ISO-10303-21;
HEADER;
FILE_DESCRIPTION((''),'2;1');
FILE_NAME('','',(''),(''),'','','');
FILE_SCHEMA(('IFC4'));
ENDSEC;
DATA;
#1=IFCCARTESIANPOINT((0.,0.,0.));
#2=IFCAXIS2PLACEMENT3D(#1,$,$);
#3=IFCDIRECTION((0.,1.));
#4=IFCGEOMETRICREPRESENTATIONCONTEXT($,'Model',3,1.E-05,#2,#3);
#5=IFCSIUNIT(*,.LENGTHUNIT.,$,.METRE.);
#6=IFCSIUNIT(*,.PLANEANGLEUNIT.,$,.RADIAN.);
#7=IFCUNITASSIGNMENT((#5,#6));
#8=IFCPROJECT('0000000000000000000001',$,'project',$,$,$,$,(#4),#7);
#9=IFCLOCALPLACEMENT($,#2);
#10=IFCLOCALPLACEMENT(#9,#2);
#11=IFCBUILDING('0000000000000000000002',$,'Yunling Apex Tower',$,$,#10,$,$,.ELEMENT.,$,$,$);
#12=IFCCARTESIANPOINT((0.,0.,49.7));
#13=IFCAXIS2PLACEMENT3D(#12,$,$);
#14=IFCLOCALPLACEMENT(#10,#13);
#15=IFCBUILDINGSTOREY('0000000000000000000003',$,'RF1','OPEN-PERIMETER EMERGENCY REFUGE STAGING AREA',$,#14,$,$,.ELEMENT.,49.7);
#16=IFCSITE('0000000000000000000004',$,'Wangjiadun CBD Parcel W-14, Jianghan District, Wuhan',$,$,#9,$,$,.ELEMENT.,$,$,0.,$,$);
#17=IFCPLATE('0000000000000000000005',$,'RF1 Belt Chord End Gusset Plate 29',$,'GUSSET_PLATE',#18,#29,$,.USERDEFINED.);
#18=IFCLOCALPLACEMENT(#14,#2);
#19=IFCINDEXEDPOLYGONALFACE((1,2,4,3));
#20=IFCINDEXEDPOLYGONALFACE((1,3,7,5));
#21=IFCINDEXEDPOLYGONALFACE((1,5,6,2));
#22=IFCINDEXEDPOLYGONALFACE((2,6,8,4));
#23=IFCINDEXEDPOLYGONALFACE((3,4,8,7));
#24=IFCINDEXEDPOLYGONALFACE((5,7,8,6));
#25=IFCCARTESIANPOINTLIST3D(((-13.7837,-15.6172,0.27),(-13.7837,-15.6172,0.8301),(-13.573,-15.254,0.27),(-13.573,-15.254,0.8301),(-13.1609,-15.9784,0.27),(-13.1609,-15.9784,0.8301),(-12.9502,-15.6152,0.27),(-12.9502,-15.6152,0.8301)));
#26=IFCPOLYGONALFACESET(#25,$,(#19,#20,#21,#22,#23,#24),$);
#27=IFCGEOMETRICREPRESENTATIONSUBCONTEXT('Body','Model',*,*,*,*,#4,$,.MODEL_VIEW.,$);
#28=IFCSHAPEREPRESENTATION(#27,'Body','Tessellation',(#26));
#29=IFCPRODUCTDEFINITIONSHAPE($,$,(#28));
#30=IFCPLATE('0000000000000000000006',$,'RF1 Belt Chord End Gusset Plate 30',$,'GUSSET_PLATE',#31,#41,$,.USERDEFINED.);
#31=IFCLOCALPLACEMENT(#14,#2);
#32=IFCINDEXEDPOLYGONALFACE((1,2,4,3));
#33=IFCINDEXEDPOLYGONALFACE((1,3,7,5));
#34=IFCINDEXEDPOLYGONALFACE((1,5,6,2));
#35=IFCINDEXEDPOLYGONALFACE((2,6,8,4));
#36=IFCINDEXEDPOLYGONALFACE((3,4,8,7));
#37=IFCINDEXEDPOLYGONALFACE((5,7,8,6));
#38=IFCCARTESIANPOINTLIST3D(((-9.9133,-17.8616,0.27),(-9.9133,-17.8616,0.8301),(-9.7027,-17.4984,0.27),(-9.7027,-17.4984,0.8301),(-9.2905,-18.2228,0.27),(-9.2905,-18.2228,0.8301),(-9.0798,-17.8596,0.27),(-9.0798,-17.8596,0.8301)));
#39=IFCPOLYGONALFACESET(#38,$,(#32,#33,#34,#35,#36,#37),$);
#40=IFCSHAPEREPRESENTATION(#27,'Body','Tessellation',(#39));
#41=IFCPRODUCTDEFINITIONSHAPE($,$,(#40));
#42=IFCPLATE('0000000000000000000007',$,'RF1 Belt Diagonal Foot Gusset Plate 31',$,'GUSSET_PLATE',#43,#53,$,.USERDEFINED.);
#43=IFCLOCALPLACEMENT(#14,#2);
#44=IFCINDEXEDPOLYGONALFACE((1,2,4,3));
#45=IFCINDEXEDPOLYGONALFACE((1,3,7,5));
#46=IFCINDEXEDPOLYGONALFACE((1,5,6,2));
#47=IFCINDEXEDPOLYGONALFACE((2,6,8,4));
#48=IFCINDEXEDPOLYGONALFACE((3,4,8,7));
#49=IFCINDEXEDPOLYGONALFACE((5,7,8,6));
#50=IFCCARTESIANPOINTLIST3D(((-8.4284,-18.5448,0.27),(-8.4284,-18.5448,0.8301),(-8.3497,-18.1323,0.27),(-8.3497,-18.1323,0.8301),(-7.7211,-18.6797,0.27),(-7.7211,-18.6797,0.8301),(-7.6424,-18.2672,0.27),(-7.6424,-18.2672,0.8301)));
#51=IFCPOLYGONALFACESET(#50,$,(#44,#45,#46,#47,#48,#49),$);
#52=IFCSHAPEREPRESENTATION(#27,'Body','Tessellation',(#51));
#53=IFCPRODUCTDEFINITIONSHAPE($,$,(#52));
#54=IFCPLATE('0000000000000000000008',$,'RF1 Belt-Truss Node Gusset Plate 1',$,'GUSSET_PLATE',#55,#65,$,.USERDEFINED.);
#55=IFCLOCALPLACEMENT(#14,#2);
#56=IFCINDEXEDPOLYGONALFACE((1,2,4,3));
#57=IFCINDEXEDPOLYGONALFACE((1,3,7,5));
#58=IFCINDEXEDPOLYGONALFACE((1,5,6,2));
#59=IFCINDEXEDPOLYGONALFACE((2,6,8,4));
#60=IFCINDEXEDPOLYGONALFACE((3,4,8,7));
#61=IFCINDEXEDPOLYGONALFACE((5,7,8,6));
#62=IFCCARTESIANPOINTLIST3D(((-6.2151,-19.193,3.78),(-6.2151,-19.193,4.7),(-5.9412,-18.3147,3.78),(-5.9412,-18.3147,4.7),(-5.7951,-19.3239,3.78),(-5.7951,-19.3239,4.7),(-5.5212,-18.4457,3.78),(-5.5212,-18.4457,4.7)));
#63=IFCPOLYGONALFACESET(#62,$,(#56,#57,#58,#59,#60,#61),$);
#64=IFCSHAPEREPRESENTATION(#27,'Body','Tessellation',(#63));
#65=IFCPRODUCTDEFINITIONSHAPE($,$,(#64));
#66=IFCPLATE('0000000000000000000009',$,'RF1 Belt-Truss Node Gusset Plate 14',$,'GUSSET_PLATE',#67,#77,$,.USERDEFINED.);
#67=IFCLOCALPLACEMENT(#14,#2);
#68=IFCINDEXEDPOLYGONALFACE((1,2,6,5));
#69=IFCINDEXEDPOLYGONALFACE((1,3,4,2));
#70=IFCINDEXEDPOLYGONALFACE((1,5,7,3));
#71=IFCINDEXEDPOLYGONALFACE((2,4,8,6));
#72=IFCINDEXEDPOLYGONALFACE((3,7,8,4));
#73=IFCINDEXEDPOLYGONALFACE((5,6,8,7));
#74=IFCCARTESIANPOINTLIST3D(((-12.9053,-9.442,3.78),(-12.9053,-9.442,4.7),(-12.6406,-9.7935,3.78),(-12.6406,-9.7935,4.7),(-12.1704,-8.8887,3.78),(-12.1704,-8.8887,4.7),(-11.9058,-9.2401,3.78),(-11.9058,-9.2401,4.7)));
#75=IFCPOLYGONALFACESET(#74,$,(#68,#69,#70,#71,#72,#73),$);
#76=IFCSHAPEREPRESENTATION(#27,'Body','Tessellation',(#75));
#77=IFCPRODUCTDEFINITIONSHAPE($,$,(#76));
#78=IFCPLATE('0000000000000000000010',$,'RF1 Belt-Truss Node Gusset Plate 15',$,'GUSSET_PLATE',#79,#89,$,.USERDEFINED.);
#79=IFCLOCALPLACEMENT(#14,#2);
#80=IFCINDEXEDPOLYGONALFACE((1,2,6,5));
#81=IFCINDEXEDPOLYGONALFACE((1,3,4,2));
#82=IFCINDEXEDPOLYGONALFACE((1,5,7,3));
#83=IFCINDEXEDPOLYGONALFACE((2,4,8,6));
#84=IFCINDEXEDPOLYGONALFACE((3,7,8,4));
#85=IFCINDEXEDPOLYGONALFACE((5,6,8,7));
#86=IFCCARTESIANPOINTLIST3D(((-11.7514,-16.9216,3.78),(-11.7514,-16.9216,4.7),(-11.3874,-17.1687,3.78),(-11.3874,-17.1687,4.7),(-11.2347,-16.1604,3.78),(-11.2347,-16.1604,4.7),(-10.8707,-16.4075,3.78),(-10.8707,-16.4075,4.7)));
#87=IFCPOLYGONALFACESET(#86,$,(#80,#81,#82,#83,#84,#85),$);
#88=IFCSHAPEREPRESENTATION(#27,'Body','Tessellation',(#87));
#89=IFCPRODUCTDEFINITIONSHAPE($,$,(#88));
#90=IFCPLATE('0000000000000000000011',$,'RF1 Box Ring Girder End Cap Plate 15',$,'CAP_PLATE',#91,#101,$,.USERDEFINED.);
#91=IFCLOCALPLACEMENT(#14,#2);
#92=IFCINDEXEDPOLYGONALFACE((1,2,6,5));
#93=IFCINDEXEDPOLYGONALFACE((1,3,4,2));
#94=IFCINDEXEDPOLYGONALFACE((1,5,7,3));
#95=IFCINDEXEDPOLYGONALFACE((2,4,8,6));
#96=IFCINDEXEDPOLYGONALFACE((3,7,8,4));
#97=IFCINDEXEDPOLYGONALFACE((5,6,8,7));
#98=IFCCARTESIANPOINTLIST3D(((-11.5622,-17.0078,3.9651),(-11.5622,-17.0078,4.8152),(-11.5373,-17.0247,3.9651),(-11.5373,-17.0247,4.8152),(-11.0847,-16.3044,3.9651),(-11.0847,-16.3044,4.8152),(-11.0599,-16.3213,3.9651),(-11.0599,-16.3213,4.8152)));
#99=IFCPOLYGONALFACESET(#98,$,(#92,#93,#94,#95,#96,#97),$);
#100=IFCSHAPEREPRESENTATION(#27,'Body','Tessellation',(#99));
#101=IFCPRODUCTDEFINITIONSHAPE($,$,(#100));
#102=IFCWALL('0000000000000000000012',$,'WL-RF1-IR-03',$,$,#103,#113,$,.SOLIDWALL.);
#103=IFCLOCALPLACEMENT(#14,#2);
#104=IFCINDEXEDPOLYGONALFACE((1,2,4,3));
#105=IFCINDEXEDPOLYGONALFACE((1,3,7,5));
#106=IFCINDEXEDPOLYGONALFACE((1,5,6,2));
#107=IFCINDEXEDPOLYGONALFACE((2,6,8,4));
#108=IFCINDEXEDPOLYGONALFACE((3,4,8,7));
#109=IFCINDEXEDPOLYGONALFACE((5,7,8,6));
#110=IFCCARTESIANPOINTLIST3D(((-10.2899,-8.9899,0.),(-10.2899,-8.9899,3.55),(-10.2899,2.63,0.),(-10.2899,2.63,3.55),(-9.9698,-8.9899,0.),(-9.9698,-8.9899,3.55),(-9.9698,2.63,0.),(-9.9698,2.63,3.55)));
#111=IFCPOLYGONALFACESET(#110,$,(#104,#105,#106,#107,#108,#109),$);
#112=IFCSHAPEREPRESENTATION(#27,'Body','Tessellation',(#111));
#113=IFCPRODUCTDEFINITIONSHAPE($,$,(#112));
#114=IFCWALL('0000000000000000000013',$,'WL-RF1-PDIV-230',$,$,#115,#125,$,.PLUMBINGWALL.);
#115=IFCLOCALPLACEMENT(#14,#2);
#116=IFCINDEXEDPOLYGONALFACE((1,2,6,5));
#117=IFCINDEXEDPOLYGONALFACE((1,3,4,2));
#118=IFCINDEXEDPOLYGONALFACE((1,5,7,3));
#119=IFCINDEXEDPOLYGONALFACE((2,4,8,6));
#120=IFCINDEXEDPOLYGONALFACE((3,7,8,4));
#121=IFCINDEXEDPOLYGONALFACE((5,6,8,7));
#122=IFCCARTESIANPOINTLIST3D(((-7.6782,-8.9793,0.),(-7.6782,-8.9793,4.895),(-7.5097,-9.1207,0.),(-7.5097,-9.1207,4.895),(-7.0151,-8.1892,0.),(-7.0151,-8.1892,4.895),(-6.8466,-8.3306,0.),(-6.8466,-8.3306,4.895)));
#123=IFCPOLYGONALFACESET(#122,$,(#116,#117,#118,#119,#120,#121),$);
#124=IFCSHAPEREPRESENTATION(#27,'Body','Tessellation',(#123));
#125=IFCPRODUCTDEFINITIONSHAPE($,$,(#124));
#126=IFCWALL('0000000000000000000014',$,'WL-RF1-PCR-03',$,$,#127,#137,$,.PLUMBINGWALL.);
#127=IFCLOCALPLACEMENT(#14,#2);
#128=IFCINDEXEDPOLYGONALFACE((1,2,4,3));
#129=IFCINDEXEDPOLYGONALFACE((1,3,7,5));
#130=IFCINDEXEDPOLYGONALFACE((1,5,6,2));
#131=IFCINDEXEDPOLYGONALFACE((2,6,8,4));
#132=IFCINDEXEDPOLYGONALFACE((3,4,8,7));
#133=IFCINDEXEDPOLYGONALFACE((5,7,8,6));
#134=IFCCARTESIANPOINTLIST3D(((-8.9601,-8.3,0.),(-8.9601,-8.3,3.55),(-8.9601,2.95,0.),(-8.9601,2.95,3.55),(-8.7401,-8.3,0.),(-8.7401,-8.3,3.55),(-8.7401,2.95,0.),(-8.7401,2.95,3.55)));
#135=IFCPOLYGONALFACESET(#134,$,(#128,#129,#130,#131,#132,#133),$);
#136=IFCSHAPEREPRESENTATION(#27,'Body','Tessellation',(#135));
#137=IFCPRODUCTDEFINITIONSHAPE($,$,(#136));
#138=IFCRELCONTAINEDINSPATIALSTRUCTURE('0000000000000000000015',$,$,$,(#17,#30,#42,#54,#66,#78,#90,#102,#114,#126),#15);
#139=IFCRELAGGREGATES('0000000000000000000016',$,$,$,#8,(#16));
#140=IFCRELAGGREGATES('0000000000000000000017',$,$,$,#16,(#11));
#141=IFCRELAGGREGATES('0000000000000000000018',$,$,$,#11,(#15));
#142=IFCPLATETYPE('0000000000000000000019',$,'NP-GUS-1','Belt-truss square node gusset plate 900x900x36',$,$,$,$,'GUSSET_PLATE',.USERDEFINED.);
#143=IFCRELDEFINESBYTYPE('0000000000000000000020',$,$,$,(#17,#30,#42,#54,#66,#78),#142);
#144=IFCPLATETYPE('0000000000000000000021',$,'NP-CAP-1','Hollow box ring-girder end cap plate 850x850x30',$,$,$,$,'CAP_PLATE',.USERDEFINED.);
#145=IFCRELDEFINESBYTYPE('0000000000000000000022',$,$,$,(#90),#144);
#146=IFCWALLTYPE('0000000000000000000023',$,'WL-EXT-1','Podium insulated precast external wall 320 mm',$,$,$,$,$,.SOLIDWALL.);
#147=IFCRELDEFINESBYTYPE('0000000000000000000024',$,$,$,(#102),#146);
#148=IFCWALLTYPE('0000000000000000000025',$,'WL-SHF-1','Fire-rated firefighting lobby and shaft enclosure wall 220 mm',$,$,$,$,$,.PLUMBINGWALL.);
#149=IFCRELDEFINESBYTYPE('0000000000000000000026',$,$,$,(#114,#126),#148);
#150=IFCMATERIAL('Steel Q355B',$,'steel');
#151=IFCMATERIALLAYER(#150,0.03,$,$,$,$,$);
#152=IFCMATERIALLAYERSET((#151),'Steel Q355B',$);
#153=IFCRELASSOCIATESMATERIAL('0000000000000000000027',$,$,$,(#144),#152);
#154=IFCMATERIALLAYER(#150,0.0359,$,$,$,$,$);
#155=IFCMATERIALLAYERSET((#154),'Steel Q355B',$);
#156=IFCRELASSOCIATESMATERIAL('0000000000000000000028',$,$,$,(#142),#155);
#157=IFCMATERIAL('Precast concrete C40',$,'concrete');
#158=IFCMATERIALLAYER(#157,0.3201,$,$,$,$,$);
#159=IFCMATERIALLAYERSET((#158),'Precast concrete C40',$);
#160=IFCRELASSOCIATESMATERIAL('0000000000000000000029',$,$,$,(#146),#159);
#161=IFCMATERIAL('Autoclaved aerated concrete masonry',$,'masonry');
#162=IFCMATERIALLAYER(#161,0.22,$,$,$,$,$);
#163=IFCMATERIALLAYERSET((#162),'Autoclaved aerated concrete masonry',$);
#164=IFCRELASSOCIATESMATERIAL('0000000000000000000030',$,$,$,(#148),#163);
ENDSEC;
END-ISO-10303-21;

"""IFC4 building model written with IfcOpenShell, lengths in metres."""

from ifc_helpers import new_model, si_unit, direction, frame, frame_2d, origin, origin_2d, place, context, subcontext, project, spatial, rectangle, extrude, source, transform, mapped, material, layer, layer_set, type_object, element, save


model = new_model("IFC4")

# Units and contexts
model_context = context("Model", 3, precision=1e-05, world=origin(), true_north=direction((0.0, 1.0)))
body_context = subcontext(model_context, "Body", "Model", "MODEL_VIEW")
ifc_project = project(units=[si_unit("LENGTHUNIT", "METRE"), si_unit("PLANEANGLEUNIT", "RADIAN")], contexts=[model_context])

# Site, building, storey
site_placement = place(None, origin())
site = spatial("IfcSite", under=ifc_project, at=site_placement, Name="Wangjiadun CBD Parcel W-14, Jianghan District, Wuhan", CompositionType="ELEMENT", RefElevation=0.0)
building_placement = place(site_placement, origin())
building = spatial("IfcBuilding", under=site, at=building_placement, Name="Yunling Apex Tower", CompositionType="ELEMENT")
storey_placement = place(building_placement, frame((0.0, 0.0, 49.7)))
storey = spatial("IfcBuildingStorey", under=building, at=storey_placement, Name="RF1", Description="OPEN-PERIMETER EMERGENCY REFUGE STAGING AREA", CompositionType="ELEMENT", Elevation=49.7)

# Shared definitions
ifc_material_1 = material(Name="Steel Q355B", Category="steel")

# Plates
ifc_layer_1 = layer(ifc_material_1, 0.03)
ifc_layer_set_1 = layer_set([ifc_layer_1], Name="Steel Q355B")
plate_type_1 = type_object("IfcPlateType", Name="NP-CAP-1", Description="Hollow box ring-girder end cap plate 850x850x30", ElementType="CAP_PLATE", PredefinedType="USERDEFINED", material=ifc_layer_set_1)
ifc_layer_2 = layer(ifc_material_1, 0.0359)
ifc_layer_set_2 = layer_set([ifc_layer_2], Name="Steel Q355B")
plate_type_2 = type_object("IfcPlateType", Name="NP-GUS-1", Description="Belt-truss square node gusset plate 900x900x36", ElementType="GUSSET_PLATE", PredefinedType="USERDEFINED", material=ifc_layer_set_2)
shared_shape_1 = source(origin(), body_context, "Body", "SweptSolid", [
    extrude(rectangle(XDim=0.72, YDim=0.4199, at=origin_2d()), origin(), (0.0, 0.0, 1.0), 0.5601),
])
for number, where, z_axis, x_axis, name in (
    (1, (-13.3669, -15.6162, 0.27), (0.0, 0.0, 1.0), (0.865064, -0.501662, 0.0), "RF1 Belt Chord End Gusset Plate 29"),
    (2, (-9.4966, -17.8606, 0.27), (0.0, 0.0, 1.0), (0.865064, -0.501662, 0.0), "RF1 Belt Chord End Gusset Plate 30"),
    (3, (-8.0354, -18.406, 0.27), (0.0, 0.0, 1.0), (0.982287, -0.187381, 0.0), "RF1 Belt Diagonal Foot Gusset Plate 31"),
):
    element("IfcPlate", number, at=place(storey_placement, frame(where, z_axis=z_axis, x_axis=x_axis)), inside=storey, type_object=plate_type_2, Name=name, ObjectType="GUSSET_PLATE", PredefinedType="USERDEFINED", context=body_context, shape_type="MappedRepresentation", body=[
        mapped(shared_shape_1, transform((0.0, 0.0, 0.0), scale=1.0)),
    ])
shared_shape_2 = source(origin(), body_context, "Body", "SweptSolid", [
    extrude(rectangle(XDim=0.9199, YDim=0.4399, at=origin_2d()), origin(), (0.0, 0.0, 1.0), 0.9199),
])
for number, where, z_axis, x_axis, name in (
    (4, (-5.8682, -18.8193, 3.78), (0.0, 0.0, 1.0), (-0.297708, -0.954657, 0.0), "RF1 Belt-Truss Node Gusset Plate 1"),
    (5, (-12.4055, -9.3411, 3.78), (0.0, 0.0, 1.0), (-0.798846, -0.601536, 0.0), "RF1 Belt-Truss Node Gusset Plate 14"),
    (6, (-11.311, -16.6646, 3.78), (0.0, 0.0, 1.0), (-0.56165, -0.827375, 0.0), "RF1 Belt-Truss Node Gusset Plate 15"),
):
    element("IfcPlate", number, at=place(storey_placement, frame(where, z_axis=z_axis, x_axis=x_axis)), inside=storey, type_object=plate_type_2, Name=name, ObjectType="GUSSET_PLATE", PredefinedType="USERDEFINED", context=body_context, shape_type="MappedRepresentation", body=[
        mapped(shared_shape_2, transform((0.0, 0.0, 0.0), scale=1.0)),
    ])
shared_shape_3 = source(origin(), body_context, "Body", "SweptSolid", [
    extrude(rectangle(XDim=0.8501, YDim=0.03, at=origin_2d()), origin(), (0.0, 0.0, 1.0), 0.8501),
])
plate_placement = place(storey_placement, frame((-11.311, -16.6646, 3.9651), z_axis=(0.0, 0.0, 1.0), x_axis=(-0.56165, -0.827375, 0.0)))
element("IfcPlate", 7, at=plate_placement, inside=storey, type_object=plate_type_1, Name="RF1 Box Ring Girder End Cap Plate 15", ObjectType="CAP_PLATE", PredefinedType="USERDEFINED", context=body_context, shape_type="MappedRepresentation", body=[
    mapped(shared_shape_3, transform((0.0, 0.0, 0.0), scale=1.0)),
])

# Walls
ifc_material_2 = material(Name="Precast concrete C40", Category="concrete")
ifc_layer_3 = layer(ifc_material_2, 0.3201)
ifc_layer_set_3 = layer_set([ifc_layer_3], Name="Precast concrete C40")
wall_type_1 = type_object("IfcWallType", Name="WL-EXT-1", Description="Podium insulated precast external wall 320 mm", PredefinedType="SOLIDWALL", material=ifc_layer_set_3)
wall_1_placement = place(storey_placement, frame((-10.1299, -8.99, 0.0), z_axis=(0.0, 0.0, 1.0), x_axis=(0.0, 1.0, 0.0)))
element("IfcWall", 8, at=wall_1_placement, inside=storey, type_object=wall_type_1, Name="WL-RF1-IR-03", PredefinedType="SOLIDWALL", context=body_context, shape_type="SweptSolid", body=[
    extrude(rectangle(XDim=11.6199, YDim=0.3201, at=frame_2d((5.8101, 0.0))), origin(), (0.0, 0.0, 1.0), 3.55),
])
ifc_material_3 = material(Name="Autoclaved aerated concrete masonry", Category="masonry")
ifc_layer_4 = layer(ifc_material_3, 0.22)
ifc_layer_set_4 = layer_set([ifc_layer_4], Name="Autoclaved aerated concrete masonry")
wall_type_2 = type_object("IfcWallType", Name="WL-SHF-1", Description="Fire-rated firefighting lobby and shaft enclosure wall 220 mm", PredefinedType="PLUMBINGWALL", material=ifc_layer_set_4)
wall_2_placement = place(storey_placement, frame((-6.9309, -8.26, 0.0), z_axis=(0.0, 0.0, 1.0), x_axis=(-0.642881, -0.765966, 0.0)))
element("IfcWall", 9, at=wall_2_placement, inside=storey, type_object=wall_type_2, Name="WL-RF1-PDIV-230", PredefinedType="PLUMBINGWALL", context=body_context, shape_type="SweptSolid", body=[
    extrude(rectangle(XDim=1.0315, YDim=0.22, at=frame_2d((0.5156, 0.0))), origin(), (0.0, 0.0, 1.0), 4.895),
])
wall_3_placement = place(storey_placement, frame((-8.8501, -8.3, 0.0), z_axis=(0.0, 0.0, 1.0), x_axis=(0.0, 1.0, 0.0)))
element("IfcWall", 10, at=wall_3_placement, inside=storey, type_object=wall_type_2, Name="WL-RF1-PCR-03", PredefinedType="PLUMBINGWALL", context=body_context, shape_type="SweptSolid", body=[
    extrude(rectangle(XDim=11.25, YDim=0.22, at=frame_2d((5.625, 0.0))), origin(), (0.0, 0.0, 1.0), 3.55),
])

save(model, "model.ifc")
